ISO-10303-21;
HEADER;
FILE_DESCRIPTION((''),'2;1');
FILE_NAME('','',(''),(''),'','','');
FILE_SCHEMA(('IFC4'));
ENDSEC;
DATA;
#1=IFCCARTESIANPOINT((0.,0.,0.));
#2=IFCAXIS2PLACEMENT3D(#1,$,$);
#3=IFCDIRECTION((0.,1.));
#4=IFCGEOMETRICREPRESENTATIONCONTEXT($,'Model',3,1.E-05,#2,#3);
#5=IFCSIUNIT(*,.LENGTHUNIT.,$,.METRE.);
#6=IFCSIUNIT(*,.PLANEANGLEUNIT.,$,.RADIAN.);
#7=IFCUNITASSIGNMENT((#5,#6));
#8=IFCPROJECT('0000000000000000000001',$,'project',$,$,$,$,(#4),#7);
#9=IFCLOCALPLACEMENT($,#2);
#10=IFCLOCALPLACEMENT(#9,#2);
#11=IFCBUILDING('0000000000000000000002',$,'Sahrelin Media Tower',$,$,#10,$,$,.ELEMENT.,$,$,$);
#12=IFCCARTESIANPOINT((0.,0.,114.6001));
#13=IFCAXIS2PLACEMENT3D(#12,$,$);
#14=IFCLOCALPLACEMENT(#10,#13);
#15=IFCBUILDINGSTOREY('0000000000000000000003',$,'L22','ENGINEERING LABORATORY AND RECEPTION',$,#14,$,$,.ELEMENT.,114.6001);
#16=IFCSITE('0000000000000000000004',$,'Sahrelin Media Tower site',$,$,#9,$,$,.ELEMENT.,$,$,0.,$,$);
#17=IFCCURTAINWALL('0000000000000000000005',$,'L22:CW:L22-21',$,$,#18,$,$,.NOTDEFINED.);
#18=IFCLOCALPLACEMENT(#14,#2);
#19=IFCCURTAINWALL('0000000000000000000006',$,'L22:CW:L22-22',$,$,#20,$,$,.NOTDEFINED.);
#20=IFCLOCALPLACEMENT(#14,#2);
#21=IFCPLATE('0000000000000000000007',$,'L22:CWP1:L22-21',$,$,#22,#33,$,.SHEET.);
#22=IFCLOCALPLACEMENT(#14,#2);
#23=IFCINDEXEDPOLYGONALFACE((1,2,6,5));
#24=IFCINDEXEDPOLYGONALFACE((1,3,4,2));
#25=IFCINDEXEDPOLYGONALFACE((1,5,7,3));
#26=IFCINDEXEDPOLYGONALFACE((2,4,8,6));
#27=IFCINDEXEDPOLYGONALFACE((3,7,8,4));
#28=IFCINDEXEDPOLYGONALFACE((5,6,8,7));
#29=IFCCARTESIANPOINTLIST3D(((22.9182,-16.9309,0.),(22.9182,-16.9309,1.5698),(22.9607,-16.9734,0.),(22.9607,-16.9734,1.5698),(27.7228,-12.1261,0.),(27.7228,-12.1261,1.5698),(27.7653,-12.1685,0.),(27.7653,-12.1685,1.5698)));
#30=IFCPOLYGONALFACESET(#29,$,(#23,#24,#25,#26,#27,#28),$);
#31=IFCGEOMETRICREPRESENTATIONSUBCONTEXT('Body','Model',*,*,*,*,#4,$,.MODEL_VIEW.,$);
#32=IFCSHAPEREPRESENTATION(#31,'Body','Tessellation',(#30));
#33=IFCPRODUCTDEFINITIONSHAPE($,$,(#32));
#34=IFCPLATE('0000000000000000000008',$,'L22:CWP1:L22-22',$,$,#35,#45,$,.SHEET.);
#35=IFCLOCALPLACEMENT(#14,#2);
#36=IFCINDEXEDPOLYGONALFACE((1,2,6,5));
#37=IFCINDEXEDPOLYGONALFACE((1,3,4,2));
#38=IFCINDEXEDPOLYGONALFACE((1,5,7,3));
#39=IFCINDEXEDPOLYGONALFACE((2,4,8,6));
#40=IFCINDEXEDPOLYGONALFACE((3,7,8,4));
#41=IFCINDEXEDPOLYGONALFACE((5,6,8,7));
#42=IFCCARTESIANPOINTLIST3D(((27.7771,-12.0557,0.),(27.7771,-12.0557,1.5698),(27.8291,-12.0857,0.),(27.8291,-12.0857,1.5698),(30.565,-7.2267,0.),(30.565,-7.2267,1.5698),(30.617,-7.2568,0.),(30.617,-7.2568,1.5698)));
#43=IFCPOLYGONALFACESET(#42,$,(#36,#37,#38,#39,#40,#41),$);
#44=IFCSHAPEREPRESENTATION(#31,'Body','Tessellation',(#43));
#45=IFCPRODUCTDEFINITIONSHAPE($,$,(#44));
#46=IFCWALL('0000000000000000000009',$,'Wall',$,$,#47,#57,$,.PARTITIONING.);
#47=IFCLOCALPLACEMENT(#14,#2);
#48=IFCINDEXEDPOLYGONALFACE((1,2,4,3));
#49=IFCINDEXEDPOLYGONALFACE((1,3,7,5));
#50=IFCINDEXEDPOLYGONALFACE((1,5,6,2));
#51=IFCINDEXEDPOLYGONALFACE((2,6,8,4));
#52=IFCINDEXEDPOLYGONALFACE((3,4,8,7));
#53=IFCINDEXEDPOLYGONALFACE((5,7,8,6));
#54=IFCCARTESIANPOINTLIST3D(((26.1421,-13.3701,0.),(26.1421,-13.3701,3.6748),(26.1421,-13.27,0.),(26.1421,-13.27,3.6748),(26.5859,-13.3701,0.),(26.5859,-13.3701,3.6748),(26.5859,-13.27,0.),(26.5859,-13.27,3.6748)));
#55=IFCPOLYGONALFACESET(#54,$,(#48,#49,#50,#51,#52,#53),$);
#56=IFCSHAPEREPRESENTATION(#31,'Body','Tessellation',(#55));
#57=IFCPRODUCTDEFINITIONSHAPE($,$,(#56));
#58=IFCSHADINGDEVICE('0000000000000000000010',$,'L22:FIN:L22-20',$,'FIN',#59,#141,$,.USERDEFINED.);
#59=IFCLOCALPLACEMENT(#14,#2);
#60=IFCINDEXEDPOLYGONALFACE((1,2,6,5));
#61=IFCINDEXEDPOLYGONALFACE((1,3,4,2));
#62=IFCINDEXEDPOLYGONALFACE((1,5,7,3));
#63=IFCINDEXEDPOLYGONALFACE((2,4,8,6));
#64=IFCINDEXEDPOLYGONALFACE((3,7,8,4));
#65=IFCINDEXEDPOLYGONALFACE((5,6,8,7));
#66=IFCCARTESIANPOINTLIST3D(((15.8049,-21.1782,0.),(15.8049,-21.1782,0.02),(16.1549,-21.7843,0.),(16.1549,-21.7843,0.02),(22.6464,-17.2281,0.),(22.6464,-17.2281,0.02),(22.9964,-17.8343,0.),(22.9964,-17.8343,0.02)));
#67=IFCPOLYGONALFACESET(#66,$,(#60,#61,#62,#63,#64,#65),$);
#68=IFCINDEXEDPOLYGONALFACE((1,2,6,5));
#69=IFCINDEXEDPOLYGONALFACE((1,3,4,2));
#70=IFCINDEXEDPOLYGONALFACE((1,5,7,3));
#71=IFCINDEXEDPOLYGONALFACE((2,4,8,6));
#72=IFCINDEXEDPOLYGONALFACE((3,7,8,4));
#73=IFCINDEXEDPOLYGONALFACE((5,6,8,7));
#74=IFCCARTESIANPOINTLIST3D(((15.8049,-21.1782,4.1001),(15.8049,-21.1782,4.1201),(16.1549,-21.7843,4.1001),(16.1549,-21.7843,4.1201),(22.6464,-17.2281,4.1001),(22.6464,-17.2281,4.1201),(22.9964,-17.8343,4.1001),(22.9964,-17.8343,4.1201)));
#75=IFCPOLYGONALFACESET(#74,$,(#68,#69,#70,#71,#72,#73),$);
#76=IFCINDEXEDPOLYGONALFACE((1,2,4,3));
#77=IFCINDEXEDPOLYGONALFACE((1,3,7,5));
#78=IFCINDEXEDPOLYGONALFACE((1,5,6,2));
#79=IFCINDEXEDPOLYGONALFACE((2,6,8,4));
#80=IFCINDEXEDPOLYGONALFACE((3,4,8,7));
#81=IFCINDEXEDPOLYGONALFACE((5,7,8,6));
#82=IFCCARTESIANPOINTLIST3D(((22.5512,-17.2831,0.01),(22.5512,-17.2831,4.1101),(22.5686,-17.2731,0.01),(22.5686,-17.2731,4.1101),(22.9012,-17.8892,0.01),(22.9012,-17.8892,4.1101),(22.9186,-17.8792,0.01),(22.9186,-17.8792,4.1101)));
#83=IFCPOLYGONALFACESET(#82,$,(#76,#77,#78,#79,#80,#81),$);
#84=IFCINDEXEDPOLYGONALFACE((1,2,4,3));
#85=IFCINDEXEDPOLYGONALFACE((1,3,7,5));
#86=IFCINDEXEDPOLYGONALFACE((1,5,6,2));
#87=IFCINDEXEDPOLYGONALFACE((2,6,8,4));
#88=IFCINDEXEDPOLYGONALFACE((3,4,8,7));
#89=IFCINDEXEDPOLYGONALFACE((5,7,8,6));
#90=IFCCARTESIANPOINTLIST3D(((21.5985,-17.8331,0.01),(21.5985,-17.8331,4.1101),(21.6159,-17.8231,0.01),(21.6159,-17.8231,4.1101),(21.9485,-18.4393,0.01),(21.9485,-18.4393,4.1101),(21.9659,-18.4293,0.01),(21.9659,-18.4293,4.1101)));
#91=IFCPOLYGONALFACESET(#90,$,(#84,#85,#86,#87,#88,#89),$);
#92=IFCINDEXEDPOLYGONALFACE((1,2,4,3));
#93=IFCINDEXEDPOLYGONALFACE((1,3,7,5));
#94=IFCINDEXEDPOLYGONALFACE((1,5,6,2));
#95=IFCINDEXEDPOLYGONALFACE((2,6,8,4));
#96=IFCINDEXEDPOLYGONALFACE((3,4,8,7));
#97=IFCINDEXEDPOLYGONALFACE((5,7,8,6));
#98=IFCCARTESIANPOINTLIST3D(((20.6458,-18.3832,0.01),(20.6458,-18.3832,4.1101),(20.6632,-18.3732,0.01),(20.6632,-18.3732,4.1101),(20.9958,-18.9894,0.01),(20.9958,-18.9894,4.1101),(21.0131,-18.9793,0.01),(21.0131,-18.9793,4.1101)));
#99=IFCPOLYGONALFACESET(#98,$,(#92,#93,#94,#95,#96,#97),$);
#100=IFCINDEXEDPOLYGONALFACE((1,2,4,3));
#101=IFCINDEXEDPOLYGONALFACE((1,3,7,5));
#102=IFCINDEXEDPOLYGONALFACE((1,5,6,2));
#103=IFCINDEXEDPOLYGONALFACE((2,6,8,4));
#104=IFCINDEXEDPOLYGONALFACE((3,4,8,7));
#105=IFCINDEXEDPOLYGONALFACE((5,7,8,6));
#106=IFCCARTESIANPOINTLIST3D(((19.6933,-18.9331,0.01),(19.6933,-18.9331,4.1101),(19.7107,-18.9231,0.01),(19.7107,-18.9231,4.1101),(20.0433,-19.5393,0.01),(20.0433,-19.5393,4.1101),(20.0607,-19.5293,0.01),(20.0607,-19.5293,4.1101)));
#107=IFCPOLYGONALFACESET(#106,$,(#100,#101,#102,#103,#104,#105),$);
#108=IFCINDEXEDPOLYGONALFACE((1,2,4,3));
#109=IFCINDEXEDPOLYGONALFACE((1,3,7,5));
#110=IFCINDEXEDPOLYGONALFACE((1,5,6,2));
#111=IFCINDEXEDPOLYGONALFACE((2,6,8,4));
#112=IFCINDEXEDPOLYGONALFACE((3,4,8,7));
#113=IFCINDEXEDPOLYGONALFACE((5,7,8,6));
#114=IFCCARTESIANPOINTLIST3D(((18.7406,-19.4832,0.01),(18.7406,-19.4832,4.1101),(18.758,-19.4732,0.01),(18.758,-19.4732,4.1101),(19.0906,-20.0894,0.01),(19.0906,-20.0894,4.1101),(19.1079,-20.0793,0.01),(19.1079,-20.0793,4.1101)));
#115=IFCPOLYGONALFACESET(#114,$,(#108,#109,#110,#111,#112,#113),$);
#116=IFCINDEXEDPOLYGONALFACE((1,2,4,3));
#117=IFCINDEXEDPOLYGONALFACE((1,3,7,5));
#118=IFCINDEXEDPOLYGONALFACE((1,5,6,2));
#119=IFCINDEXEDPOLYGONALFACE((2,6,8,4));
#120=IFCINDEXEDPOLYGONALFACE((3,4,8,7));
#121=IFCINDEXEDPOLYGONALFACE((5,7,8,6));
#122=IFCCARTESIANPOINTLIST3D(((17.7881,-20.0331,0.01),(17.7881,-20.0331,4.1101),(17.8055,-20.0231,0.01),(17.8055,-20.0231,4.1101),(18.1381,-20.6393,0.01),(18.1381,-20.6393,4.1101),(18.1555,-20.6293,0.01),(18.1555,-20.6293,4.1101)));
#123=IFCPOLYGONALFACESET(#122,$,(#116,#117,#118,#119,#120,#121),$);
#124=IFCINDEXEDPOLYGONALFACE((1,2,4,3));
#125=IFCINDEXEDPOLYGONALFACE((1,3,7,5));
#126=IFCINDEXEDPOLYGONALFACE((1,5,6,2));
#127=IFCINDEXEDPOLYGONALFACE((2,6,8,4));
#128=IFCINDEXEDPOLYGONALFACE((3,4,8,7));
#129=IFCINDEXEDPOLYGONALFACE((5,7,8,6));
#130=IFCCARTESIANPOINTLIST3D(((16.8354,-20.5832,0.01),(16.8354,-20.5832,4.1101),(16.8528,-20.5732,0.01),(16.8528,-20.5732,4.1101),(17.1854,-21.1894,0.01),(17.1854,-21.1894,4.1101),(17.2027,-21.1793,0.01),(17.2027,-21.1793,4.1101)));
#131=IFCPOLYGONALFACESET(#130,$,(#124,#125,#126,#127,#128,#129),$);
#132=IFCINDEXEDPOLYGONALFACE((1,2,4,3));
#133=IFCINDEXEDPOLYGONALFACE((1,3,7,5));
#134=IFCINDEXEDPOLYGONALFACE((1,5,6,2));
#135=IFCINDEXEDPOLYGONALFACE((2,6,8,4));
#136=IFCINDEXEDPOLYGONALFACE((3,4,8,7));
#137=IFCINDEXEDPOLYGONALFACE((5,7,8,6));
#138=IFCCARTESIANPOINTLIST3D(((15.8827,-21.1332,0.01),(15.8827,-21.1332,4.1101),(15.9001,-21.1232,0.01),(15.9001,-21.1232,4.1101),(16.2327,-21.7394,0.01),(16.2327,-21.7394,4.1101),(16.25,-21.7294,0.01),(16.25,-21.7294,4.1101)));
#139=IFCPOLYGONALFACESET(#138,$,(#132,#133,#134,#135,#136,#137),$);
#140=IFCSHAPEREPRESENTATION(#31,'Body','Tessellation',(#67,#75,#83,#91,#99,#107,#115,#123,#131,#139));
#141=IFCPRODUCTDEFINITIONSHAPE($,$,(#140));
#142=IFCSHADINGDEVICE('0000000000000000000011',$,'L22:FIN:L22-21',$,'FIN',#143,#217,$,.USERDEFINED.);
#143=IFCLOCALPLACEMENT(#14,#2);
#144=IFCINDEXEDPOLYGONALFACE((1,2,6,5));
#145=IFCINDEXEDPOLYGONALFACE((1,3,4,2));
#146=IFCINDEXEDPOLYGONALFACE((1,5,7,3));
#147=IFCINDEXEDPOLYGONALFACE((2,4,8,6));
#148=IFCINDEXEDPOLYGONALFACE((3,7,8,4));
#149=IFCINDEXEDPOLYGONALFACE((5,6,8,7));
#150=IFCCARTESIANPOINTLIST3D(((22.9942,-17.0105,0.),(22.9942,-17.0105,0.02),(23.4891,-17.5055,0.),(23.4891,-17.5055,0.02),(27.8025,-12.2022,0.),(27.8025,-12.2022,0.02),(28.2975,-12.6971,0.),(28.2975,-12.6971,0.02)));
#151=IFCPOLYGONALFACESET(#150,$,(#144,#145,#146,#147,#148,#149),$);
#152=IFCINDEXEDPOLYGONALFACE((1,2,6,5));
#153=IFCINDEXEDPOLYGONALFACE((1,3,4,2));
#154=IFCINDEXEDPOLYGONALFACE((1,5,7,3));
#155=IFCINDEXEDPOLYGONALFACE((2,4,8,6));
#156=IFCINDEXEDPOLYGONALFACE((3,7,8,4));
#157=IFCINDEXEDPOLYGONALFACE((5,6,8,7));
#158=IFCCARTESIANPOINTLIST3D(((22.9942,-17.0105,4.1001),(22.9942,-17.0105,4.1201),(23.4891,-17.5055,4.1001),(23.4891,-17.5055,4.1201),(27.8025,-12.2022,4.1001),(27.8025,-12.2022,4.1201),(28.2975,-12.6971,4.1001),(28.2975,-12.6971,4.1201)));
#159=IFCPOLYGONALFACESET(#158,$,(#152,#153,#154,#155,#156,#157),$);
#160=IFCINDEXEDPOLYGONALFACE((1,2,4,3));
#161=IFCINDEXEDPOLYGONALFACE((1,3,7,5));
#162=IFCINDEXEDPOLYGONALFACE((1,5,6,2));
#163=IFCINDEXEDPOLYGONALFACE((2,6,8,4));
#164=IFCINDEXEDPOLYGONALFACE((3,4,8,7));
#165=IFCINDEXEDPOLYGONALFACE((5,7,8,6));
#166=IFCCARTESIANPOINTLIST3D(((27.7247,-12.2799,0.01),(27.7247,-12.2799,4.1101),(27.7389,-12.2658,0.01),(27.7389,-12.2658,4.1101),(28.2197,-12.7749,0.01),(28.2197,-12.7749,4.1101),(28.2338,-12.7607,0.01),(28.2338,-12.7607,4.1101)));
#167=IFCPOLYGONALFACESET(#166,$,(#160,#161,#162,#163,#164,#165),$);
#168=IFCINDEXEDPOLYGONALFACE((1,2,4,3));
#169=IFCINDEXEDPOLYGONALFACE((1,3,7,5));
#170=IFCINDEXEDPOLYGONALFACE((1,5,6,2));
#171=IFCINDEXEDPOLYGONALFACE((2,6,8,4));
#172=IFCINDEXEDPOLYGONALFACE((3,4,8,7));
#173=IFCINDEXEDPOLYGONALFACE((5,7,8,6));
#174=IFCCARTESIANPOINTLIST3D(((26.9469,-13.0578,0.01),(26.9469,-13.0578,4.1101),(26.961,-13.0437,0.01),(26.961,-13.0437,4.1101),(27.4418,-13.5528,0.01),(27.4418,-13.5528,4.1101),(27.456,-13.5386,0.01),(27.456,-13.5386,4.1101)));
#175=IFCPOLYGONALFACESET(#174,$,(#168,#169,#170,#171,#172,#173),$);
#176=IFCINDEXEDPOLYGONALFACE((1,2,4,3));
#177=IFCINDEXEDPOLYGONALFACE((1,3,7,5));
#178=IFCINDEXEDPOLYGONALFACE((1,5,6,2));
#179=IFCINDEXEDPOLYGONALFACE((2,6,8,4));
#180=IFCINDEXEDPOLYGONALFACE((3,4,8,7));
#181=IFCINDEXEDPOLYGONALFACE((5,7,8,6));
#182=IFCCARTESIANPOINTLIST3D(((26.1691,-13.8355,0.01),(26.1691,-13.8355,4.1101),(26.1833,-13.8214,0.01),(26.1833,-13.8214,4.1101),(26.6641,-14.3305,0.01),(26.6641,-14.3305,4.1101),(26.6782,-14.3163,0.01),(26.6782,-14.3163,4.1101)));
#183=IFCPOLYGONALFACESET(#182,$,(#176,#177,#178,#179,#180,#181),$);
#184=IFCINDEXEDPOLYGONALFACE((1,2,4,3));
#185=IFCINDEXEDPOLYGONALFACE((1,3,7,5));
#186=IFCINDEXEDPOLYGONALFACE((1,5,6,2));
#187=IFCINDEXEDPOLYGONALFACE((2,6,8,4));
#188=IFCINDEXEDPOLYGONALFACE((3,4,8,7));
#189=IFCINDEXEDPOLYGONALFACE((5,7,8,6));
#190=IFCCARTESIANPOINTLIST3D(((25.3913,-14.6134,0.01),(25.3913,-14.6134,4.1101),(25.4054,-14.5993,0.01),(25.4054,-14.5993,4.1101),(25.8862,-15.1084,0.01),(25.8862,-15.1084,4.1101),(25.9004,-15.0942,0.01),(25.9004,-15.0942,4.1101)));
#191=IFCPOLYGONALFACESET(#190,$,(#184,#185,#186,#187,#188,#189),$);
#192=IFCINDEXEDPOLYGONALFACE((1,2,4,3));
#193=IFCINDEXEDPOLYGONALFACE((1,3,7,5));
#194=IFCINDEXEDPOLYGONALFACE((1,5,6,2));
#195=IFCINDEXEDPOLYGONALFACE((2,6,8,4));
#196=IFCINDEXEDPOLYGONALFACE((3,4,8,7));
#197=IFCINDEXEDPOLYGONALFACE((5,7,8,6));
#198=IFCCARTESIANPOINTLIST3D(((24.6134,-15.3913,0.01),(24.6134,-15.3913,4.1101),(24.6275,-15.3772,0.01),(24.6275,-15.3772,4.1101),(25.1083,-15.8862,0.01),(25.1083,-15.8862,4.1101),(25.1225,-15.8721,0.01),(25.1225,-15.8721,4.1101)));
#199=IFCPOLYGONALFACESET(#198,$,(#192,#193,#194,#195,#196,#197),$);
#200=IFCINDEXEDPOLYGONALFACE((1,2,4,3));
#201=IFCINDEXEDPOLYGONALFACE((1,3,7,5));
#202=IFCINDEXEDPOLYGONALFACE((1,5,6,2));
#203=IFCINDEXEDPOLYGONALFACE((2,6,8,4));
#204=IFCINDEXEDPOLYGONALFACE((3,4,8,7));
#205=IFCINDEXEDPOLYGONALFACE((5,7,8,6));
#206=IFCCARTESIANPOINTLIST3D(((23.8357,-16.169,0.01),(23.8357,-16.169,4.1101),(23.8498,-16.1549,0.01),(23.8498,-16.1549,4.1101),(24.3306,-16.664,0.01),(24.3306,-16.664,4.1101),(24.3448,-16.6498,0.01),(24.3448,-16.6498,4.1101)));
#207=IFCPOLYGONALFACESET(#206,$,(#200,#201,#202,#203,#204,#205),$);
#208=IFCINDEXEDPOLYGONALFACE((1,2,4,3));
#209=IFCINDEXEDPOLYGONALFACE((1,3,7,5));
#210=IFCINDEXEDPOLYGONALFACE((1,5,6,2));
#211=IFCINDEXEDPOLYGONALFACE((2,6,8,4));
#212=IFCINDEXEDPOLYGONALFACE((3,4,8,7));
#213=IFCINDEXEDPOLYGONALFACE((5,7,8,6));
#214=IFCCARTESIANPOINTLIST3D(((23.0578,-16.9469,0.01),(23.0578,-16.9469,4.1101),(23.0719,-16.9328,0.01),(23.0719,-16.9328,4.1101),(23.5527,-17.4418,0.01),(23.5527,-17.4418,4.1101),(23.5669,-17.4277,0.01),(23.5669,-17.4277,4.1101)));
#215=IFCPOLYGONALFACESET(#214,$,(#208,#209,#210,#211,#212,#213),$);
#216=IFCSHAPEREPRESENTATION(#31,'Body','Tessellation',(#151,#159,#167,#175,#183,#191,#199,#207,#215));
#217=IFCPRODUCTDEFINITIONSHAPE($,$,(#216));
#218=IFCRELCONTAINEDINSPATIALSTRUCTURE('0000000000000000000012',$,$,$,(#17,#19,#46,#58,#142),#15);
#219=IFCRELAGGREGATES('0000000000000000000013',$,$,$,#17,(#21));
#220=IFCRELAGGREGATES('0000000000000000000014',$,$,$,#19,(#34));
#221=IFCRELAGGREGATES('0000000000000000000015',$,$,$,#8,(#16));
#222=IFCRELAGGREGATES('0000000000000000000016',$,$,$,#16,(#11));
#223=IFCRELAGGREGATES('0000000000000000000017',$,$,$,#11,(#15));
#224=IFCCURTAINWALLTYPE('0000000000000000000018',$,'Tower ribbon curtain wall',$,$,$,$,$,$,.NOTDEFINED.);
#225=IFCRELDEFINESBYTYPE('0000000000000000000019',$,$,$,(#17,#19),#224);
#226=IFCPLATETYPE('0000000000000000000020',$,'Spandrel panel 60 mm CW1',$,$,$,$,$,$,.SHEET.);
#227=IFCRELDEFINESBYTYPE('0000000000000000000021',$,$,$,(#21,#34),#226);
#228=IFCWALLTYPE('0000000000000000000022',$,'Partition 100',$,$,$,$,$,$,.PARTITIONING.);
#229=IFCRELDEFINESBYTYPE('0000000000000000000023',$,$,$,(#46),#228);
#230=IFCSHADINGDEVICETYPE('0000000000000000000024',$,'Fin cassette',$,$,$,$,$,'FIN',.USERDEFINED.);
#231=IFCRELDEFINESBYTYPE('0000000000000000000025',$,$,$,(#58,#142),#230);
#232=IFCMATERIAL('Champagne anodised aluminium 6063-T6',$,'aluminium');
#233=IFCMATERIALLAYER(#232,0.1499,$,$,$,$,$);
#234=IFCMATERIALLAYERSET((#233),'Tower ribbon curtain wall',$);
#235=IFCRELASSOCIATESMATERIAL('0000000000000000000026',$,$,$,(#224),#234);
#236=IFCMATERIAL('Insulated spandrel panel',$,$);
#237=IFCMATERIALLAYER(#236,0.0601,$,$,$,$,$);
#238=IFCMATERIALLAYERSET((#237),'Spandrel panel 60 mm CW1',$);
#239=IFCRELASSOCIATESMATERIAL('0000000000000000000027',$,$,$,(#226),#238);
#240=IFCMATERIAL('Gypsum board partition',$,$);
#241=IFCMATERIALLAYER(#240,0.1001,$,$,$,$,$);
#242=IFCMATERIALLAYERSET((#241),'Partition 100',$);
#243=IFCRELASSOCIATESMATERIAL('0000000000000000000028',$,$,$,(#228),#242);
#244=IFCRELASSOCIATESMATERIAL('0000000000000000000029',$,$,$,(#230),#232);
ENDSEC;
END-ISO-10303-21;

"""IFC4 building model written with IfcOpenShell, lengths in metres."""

from ifc_helpers import new_model, si_unit, direction, frame, frame_2d, origin, origin_2d, place, context, subcontext, project, spatial, polyline, rectangle, outline, extrude, material, layer, layer_set, type_object, element, aggregate, save


model = new_model("IFC4")

# Units and contexts
model_context = context("Model", 3, precision=1e-05, world=origin(), true_north=direction((0.0, 1.0)))
body_context = subcontext(model_context, "Body", "Model", "MODEL_VIEW")
ifc_project = project(units=[si_unit("LENGTHUNIT", "METRE"), si_unit("PLANEANGLEUNIT", "RADIAN")], contexts=[model_context])

# Site, building, storey
site_placement = place(None, origin())
site = spatial("IfcSite", under=ifc_project, at=site_placement, Name="Sahrelin Media Tower site", CompositionType="ELEMENT", RefElevation=0.0)
building_placement = place(site_placement, origin())
building = spatial("IfcBuilding", under=site, at=building_placement, Name="Sahrelin Media Tower", CompositionType="ELEMENT")
storey_placement = place(building_placement, frame((0.0, 0.0, 114.6001)))
storey = spatial("IfcBuildingStorey", under=building, at=storey_placement, Name="L22", Description="ENGINEERING LABORATORY AND RECEPTION", CompositionType="ELEMENT", Elevation=114.6001)

# Curtain wall
ifc_material_1 = material(Name="Champagne anodised aluminium 6063-T6", Category="aluminium")
ifc_layer_1 = layer(ifc_material_1, 0.1499)
ifc_layer_set_1 = layer_set([ifc_layer_1], Name="Tower ribbon curtain wall")
curtain_wall_type = type_object("IfcCurtainWallType", Name="Tower ribbon curtain wall", PredefinedType="NOTDEFINED", material=ifc_layer_set_1)
curtain_wall_1_placement = place(storey_placement, frame((25.3489, -14.5569, 0.0), z_axis=(0.0, 0.0, 1.0), x_axis=(1.0, 0.0, 0.0)))
curtain_wall_1 = element("IfcCurtainWall", 1, at=curtain_wall_1_placement, inside=storey, type_object=curtain_wall_type, Name="L22:CW:L22-21", PredefinedType="NOTDEFINED")

# Curtain wall
curtain_wall_2_placement = place(storey_placement, frame((29.2058, -9.6614, 0.0), z_axis=(0.0, 0.0, 1.0), x_axis=(1.0, 0.0, 0.0)))
curtain_wall_2 = element("IfcCurtainWall", 2, at=curtain_wall_2_placement, inside=storey, type_object=curtain_wall_type, Name="L22:CW:L22-22", PredefinedType="NOTDEFINED")

# Plates
ifc_material_2 = material(Name="Insulated spandrel panel")
ifc_layer_2 = layer(ifc_material_2, 0.0601)
ifc_layer_set_2 = layer_set([ifc_layer_2], Name="Spandrel panel 60 mm CW1")
plate_type_1 = type_object("IfcPlateType", Name="Spandrel panel 60 mm CW1", PredefinedType="SHEET", material=ifc_layer_set_2)
plate_1_placement = place(storey_placement, frame((22.9607, -16.9734, 0.0), z_axis=(0.707125, -0.707089, 0.0), x_axis=(0.707089, 0.707125, 0.0)))
plate_1 = element("IfcPlate", 3, at=plate_1_placement, type_object=plate_type_1, Name="L22:CWP1:L22-21", PredefinedType="SHEET", context=body_context, shape_type="SweptSolid", body=[
    extrude(outline(polyline([(0.0, 0.0), (6.7949, 0.0), (6.7949, 1.5698), (0.0, 1.5698), (0.0, 0.0)])), origin(), (0.0, 0.0, -1.0), 0.0601),
])
aggregate(curtain_wall_1, [plate_1])
plate_2_placement = place(storey_placement, frame((27.8291, -12.0857, 0.0), z_axis=(0.866033, -0.499987, 0.0), x_axis=(0.499987, 0.866033, 0.0)))
plate_2 = element("IfcPlate", 4, at=plate_2_placement, type_object=plate_type_1, Name="L22:CWP1:L22-22", PredefinedType="SHEET", context=body_context, shape_type="SweptSolid", body=[
    extrude(outline(polyline([(0.0, 0.0), (5.5759, 0.0), (5.5759, 1.5698), (0.0, 1.5698), (0.0, 0.0)])), origin(), (0.0, 0.0, -1.0), 0.0601),
])
aggregate(curtain_wall_2, [plate_2])

# Wall
ifc_material_3 = material(Name="Gypsum board partition")
ifc_layer_3 = layer(ifc_material_3, 0.1001)
ifc_layer_set_3 = layer_set([ifc_layer_3], Name="Partition 100")
wall_type = type_object("IfcWallType", Name="Partition 100", PredefinedType="PARTITIONING", material=ifc_layer_set_3)
wall_placement = place(storey_placement, frame((26.1421, -13.3201, 0.0), z_axis=(0.0, 0.0, 1.0), x_axis=(1.0, 0.0, 0.0)))
element("IfcWall", 5, at=wall_placement, inside=storey, type_object=wall_type, Name="Wall", PredefinedType="PARTITIONING", context=body_context, shape_type="SweptSolid", body=[
    extrude(rectangle(XDim=0.4438, YDim=0.1001, at=frame_2d((0.2219, 0.0))), origin(), (0.0, 0.0, 1.0), 3.6748),
])

# Shading devices
shading_device_type_1 = type_object("IfcShadingDeviceType", Name="Fin cassette", ElementType="FIN", PredefinedType="USERDEFINED", material=ifc_material_1)
placement_1 = place(storey_placement, frame((19.1907, -19.1426, 0.0), z_axis=(0.0, 0.0, 1.0), x_axis=(-0.866019, -0.500011, 0.0)))
element("IfcShadingDevice", 6, at=placement_1, inside=storey, type_object=shading_device_type_1, Name="L22:FIN:L22-20", ObjectType="FIN", PredefinedType="USERDEFINED", context=body_context, shape_type="SweptSolid", body=[
    extrude(rectangle(XDim=7.8999, YDim=0.7, at=origin_2d()), frame((0.0, 0.4199, 0.0)), (0.0, 0.0, 1.0), 0.02),
    extrude(rectangle(XDim=7.8999, YDim=0.7, at=origin_2d()), frame((0.0, 0.4199, 4.1001)), (0.0, 0.0, 1.0), 0.02),
    extrude(rectangle(XDim=0.02, YDim=0.7, at=origin_2d()), frame((-3.8501, 0.4199, 0.01), z_axis=(0.0, 0.0, 1.0), x_axis=(1.0, 0.0, 0.0)), (0.0, 0.0, 1.0), 4.1001),
    extrude(rectangle(XDim=0.02, YDim=0.7, at=origin_2d()), frame((-2.75, 0.4199, 0.01), z_axis=(0.0, 0.0, 1.0), x_axis=(1.0, 0.0, 0.0)), (0.0, 0.0, 1.0), 4.1001),
    extrude(rectangle(XDim=0.02, YDim=0.7, at=origin_2d()), frame((-1.6499, 0.4199, 0.01), z_axis=(0.0, 0.0, 1.0), x_axis=(1.0, 0.0, 0.0)), (0.0, 0.0, 1.0), 4.1001),
    extrude(rectangle(XDim=0.02, YDim=0.7, at=origin_2d()), frame((-0.55, 0.4199, 0.01), z_axis=(0.0, 0.0, 1.0), x_axis=(1.0, 0.0, 0.0)), (0.0, 0.0, 1.0), 4.1001),
    extrude(rectangle(XDim=0.02, YDim=0.7, at=origin_2d()), frame((0.55, 0.4199, 0.01), z_axis=(0.0, 0.0, 1.0), x_axis=(1.0, 0.0, 0.0)), (0.0, 0.0, 1.0), 4.1001),
    extrude(rectangle(XDim=0.02, YDim=0.7, at=origin_2d()), frame((1.6499, 0.4199, 0.01), z_axis=(0.0, 0.0, 1.0), x_axis=(1.0, 0.0, 0.0)), (0.0, 0.0, 1.0), 4.1001),
    extrude(rectangle(XDim=0.02, YDim=0.7, at=origin_2d()), frame((2.75, 0.4199, 0.01), z_axis=(0.0, 0.0, 1.0), x_axis=(1.0, 0.0, 0.0)), (0.0, 0.0, 1.0), 4.1001),
    extrude(rectangle(XDim=0.02, YDim=0.7, at=origin_2d()), frame((3.8501, 0.4199, 0.01), z_axis=(0.0, 0.0, 1.0), x_axis=(1.0, 0.0, 0.0)), (0.0, 0.0, 1.0), 4.1001),
])
placement_2 = place(storey_placement, frame((25.3489, -14.5569, 0.0), z_axis=(0.0, 0.0, 1.0), x_axis=(-0.707107, -0.707107, 0.0)))
element("IfcShadingDevice", 7, at=placement_2, inside=storey, type_object=shading_device_type_1, Name="L22:FIN:L22-21", ObjectType="FIN", PredefinedType="USERDEFINED", context=body_context, shape_type="SweptSolid", body=[
    extrude(rectangle(XDim=6.8, YDim=0.7, at=origin_2d()), frame((0.0, 0.4199, 0.0)), (0.0, 0.0, 1.0), 0.02),
    extrude(rectangle(XDim=6.8, YDim=0.7, at=origin_2d()), frame((0.0, 0.4199, 4.1001)), (0.0, 0.0, 1.0), 0.02),
    extrude(rectangle(XDim=0.02, YDim=0.7, at=origin_2d()), frame((-3.3, 0.4199, 0.01), z_axis=(0.0, 0.0, 1.0), x_axis=(1.0, 0.0, 0.0)), (0.0, 0.0, 1.0), 4.1001),
    extrude(rectangle(XDim=0.02, YDim=0.7, at=origin_2d()), frame((-2.2, 0.4199, 0.01), z_axis=(0.0, 0.0, 1.0), x_axis=(1.0, 0.0, 0.0)), (0.0, 0.0, 1.0), 4.1001),
    extrude(rectangle(XDim=0.02, YDim=0.7, at=origin_2d()), frame((-1.1001, 0.4199, 0.01), z_axis=(0.0, 0.0, 1.0), x_axis=(1.0, 0.0, 0.0)), (0.0, 0.0, 1.0), 4.1001),
    extrude(rectangle(XDim=0.02, YDim=0.7, at=origin_2d()), frame((0.0, 0.4199, 0.01), z_axis=(0.0, 0.0, 1.0), x_axis=(1.0, 0.0, 0.0)), (0.0, 0.0, 1.0), 4.1001),
    extrude(rectangle(XDim=0.02, YDim=0.7, at=origin_2d()), frame((1.1001, 0.4199, 0.01), z_axis=(0.0, 0.0, 1.0), x_axis=(1.0, 0.0, 0.0)), (0.0, 0.0, 1.0), 4.1001),
    extrude(rectangle(XDim=0.02, YDim=0.7, at=origin_2d()), frame((2.2, 0.4199, 0.01), z_axis=(0.0, 0.0, 1.0), x_axis=(1.0, 0.0, 0.0)), (0.0, 0.0, 1.0), 4.1001),
    extrude(rectangle(XDim=0.02, YDim=0.7, at=origin_2d()), frame((3.3, 0.4199, 0.01), z_axis=(0.0, 0.0, 1.0), x_axis=(1.0, 0.0, 0.0)), (0.0, 0.0, 1.0), 4.1001),
])

save(model, "model.ifc")
